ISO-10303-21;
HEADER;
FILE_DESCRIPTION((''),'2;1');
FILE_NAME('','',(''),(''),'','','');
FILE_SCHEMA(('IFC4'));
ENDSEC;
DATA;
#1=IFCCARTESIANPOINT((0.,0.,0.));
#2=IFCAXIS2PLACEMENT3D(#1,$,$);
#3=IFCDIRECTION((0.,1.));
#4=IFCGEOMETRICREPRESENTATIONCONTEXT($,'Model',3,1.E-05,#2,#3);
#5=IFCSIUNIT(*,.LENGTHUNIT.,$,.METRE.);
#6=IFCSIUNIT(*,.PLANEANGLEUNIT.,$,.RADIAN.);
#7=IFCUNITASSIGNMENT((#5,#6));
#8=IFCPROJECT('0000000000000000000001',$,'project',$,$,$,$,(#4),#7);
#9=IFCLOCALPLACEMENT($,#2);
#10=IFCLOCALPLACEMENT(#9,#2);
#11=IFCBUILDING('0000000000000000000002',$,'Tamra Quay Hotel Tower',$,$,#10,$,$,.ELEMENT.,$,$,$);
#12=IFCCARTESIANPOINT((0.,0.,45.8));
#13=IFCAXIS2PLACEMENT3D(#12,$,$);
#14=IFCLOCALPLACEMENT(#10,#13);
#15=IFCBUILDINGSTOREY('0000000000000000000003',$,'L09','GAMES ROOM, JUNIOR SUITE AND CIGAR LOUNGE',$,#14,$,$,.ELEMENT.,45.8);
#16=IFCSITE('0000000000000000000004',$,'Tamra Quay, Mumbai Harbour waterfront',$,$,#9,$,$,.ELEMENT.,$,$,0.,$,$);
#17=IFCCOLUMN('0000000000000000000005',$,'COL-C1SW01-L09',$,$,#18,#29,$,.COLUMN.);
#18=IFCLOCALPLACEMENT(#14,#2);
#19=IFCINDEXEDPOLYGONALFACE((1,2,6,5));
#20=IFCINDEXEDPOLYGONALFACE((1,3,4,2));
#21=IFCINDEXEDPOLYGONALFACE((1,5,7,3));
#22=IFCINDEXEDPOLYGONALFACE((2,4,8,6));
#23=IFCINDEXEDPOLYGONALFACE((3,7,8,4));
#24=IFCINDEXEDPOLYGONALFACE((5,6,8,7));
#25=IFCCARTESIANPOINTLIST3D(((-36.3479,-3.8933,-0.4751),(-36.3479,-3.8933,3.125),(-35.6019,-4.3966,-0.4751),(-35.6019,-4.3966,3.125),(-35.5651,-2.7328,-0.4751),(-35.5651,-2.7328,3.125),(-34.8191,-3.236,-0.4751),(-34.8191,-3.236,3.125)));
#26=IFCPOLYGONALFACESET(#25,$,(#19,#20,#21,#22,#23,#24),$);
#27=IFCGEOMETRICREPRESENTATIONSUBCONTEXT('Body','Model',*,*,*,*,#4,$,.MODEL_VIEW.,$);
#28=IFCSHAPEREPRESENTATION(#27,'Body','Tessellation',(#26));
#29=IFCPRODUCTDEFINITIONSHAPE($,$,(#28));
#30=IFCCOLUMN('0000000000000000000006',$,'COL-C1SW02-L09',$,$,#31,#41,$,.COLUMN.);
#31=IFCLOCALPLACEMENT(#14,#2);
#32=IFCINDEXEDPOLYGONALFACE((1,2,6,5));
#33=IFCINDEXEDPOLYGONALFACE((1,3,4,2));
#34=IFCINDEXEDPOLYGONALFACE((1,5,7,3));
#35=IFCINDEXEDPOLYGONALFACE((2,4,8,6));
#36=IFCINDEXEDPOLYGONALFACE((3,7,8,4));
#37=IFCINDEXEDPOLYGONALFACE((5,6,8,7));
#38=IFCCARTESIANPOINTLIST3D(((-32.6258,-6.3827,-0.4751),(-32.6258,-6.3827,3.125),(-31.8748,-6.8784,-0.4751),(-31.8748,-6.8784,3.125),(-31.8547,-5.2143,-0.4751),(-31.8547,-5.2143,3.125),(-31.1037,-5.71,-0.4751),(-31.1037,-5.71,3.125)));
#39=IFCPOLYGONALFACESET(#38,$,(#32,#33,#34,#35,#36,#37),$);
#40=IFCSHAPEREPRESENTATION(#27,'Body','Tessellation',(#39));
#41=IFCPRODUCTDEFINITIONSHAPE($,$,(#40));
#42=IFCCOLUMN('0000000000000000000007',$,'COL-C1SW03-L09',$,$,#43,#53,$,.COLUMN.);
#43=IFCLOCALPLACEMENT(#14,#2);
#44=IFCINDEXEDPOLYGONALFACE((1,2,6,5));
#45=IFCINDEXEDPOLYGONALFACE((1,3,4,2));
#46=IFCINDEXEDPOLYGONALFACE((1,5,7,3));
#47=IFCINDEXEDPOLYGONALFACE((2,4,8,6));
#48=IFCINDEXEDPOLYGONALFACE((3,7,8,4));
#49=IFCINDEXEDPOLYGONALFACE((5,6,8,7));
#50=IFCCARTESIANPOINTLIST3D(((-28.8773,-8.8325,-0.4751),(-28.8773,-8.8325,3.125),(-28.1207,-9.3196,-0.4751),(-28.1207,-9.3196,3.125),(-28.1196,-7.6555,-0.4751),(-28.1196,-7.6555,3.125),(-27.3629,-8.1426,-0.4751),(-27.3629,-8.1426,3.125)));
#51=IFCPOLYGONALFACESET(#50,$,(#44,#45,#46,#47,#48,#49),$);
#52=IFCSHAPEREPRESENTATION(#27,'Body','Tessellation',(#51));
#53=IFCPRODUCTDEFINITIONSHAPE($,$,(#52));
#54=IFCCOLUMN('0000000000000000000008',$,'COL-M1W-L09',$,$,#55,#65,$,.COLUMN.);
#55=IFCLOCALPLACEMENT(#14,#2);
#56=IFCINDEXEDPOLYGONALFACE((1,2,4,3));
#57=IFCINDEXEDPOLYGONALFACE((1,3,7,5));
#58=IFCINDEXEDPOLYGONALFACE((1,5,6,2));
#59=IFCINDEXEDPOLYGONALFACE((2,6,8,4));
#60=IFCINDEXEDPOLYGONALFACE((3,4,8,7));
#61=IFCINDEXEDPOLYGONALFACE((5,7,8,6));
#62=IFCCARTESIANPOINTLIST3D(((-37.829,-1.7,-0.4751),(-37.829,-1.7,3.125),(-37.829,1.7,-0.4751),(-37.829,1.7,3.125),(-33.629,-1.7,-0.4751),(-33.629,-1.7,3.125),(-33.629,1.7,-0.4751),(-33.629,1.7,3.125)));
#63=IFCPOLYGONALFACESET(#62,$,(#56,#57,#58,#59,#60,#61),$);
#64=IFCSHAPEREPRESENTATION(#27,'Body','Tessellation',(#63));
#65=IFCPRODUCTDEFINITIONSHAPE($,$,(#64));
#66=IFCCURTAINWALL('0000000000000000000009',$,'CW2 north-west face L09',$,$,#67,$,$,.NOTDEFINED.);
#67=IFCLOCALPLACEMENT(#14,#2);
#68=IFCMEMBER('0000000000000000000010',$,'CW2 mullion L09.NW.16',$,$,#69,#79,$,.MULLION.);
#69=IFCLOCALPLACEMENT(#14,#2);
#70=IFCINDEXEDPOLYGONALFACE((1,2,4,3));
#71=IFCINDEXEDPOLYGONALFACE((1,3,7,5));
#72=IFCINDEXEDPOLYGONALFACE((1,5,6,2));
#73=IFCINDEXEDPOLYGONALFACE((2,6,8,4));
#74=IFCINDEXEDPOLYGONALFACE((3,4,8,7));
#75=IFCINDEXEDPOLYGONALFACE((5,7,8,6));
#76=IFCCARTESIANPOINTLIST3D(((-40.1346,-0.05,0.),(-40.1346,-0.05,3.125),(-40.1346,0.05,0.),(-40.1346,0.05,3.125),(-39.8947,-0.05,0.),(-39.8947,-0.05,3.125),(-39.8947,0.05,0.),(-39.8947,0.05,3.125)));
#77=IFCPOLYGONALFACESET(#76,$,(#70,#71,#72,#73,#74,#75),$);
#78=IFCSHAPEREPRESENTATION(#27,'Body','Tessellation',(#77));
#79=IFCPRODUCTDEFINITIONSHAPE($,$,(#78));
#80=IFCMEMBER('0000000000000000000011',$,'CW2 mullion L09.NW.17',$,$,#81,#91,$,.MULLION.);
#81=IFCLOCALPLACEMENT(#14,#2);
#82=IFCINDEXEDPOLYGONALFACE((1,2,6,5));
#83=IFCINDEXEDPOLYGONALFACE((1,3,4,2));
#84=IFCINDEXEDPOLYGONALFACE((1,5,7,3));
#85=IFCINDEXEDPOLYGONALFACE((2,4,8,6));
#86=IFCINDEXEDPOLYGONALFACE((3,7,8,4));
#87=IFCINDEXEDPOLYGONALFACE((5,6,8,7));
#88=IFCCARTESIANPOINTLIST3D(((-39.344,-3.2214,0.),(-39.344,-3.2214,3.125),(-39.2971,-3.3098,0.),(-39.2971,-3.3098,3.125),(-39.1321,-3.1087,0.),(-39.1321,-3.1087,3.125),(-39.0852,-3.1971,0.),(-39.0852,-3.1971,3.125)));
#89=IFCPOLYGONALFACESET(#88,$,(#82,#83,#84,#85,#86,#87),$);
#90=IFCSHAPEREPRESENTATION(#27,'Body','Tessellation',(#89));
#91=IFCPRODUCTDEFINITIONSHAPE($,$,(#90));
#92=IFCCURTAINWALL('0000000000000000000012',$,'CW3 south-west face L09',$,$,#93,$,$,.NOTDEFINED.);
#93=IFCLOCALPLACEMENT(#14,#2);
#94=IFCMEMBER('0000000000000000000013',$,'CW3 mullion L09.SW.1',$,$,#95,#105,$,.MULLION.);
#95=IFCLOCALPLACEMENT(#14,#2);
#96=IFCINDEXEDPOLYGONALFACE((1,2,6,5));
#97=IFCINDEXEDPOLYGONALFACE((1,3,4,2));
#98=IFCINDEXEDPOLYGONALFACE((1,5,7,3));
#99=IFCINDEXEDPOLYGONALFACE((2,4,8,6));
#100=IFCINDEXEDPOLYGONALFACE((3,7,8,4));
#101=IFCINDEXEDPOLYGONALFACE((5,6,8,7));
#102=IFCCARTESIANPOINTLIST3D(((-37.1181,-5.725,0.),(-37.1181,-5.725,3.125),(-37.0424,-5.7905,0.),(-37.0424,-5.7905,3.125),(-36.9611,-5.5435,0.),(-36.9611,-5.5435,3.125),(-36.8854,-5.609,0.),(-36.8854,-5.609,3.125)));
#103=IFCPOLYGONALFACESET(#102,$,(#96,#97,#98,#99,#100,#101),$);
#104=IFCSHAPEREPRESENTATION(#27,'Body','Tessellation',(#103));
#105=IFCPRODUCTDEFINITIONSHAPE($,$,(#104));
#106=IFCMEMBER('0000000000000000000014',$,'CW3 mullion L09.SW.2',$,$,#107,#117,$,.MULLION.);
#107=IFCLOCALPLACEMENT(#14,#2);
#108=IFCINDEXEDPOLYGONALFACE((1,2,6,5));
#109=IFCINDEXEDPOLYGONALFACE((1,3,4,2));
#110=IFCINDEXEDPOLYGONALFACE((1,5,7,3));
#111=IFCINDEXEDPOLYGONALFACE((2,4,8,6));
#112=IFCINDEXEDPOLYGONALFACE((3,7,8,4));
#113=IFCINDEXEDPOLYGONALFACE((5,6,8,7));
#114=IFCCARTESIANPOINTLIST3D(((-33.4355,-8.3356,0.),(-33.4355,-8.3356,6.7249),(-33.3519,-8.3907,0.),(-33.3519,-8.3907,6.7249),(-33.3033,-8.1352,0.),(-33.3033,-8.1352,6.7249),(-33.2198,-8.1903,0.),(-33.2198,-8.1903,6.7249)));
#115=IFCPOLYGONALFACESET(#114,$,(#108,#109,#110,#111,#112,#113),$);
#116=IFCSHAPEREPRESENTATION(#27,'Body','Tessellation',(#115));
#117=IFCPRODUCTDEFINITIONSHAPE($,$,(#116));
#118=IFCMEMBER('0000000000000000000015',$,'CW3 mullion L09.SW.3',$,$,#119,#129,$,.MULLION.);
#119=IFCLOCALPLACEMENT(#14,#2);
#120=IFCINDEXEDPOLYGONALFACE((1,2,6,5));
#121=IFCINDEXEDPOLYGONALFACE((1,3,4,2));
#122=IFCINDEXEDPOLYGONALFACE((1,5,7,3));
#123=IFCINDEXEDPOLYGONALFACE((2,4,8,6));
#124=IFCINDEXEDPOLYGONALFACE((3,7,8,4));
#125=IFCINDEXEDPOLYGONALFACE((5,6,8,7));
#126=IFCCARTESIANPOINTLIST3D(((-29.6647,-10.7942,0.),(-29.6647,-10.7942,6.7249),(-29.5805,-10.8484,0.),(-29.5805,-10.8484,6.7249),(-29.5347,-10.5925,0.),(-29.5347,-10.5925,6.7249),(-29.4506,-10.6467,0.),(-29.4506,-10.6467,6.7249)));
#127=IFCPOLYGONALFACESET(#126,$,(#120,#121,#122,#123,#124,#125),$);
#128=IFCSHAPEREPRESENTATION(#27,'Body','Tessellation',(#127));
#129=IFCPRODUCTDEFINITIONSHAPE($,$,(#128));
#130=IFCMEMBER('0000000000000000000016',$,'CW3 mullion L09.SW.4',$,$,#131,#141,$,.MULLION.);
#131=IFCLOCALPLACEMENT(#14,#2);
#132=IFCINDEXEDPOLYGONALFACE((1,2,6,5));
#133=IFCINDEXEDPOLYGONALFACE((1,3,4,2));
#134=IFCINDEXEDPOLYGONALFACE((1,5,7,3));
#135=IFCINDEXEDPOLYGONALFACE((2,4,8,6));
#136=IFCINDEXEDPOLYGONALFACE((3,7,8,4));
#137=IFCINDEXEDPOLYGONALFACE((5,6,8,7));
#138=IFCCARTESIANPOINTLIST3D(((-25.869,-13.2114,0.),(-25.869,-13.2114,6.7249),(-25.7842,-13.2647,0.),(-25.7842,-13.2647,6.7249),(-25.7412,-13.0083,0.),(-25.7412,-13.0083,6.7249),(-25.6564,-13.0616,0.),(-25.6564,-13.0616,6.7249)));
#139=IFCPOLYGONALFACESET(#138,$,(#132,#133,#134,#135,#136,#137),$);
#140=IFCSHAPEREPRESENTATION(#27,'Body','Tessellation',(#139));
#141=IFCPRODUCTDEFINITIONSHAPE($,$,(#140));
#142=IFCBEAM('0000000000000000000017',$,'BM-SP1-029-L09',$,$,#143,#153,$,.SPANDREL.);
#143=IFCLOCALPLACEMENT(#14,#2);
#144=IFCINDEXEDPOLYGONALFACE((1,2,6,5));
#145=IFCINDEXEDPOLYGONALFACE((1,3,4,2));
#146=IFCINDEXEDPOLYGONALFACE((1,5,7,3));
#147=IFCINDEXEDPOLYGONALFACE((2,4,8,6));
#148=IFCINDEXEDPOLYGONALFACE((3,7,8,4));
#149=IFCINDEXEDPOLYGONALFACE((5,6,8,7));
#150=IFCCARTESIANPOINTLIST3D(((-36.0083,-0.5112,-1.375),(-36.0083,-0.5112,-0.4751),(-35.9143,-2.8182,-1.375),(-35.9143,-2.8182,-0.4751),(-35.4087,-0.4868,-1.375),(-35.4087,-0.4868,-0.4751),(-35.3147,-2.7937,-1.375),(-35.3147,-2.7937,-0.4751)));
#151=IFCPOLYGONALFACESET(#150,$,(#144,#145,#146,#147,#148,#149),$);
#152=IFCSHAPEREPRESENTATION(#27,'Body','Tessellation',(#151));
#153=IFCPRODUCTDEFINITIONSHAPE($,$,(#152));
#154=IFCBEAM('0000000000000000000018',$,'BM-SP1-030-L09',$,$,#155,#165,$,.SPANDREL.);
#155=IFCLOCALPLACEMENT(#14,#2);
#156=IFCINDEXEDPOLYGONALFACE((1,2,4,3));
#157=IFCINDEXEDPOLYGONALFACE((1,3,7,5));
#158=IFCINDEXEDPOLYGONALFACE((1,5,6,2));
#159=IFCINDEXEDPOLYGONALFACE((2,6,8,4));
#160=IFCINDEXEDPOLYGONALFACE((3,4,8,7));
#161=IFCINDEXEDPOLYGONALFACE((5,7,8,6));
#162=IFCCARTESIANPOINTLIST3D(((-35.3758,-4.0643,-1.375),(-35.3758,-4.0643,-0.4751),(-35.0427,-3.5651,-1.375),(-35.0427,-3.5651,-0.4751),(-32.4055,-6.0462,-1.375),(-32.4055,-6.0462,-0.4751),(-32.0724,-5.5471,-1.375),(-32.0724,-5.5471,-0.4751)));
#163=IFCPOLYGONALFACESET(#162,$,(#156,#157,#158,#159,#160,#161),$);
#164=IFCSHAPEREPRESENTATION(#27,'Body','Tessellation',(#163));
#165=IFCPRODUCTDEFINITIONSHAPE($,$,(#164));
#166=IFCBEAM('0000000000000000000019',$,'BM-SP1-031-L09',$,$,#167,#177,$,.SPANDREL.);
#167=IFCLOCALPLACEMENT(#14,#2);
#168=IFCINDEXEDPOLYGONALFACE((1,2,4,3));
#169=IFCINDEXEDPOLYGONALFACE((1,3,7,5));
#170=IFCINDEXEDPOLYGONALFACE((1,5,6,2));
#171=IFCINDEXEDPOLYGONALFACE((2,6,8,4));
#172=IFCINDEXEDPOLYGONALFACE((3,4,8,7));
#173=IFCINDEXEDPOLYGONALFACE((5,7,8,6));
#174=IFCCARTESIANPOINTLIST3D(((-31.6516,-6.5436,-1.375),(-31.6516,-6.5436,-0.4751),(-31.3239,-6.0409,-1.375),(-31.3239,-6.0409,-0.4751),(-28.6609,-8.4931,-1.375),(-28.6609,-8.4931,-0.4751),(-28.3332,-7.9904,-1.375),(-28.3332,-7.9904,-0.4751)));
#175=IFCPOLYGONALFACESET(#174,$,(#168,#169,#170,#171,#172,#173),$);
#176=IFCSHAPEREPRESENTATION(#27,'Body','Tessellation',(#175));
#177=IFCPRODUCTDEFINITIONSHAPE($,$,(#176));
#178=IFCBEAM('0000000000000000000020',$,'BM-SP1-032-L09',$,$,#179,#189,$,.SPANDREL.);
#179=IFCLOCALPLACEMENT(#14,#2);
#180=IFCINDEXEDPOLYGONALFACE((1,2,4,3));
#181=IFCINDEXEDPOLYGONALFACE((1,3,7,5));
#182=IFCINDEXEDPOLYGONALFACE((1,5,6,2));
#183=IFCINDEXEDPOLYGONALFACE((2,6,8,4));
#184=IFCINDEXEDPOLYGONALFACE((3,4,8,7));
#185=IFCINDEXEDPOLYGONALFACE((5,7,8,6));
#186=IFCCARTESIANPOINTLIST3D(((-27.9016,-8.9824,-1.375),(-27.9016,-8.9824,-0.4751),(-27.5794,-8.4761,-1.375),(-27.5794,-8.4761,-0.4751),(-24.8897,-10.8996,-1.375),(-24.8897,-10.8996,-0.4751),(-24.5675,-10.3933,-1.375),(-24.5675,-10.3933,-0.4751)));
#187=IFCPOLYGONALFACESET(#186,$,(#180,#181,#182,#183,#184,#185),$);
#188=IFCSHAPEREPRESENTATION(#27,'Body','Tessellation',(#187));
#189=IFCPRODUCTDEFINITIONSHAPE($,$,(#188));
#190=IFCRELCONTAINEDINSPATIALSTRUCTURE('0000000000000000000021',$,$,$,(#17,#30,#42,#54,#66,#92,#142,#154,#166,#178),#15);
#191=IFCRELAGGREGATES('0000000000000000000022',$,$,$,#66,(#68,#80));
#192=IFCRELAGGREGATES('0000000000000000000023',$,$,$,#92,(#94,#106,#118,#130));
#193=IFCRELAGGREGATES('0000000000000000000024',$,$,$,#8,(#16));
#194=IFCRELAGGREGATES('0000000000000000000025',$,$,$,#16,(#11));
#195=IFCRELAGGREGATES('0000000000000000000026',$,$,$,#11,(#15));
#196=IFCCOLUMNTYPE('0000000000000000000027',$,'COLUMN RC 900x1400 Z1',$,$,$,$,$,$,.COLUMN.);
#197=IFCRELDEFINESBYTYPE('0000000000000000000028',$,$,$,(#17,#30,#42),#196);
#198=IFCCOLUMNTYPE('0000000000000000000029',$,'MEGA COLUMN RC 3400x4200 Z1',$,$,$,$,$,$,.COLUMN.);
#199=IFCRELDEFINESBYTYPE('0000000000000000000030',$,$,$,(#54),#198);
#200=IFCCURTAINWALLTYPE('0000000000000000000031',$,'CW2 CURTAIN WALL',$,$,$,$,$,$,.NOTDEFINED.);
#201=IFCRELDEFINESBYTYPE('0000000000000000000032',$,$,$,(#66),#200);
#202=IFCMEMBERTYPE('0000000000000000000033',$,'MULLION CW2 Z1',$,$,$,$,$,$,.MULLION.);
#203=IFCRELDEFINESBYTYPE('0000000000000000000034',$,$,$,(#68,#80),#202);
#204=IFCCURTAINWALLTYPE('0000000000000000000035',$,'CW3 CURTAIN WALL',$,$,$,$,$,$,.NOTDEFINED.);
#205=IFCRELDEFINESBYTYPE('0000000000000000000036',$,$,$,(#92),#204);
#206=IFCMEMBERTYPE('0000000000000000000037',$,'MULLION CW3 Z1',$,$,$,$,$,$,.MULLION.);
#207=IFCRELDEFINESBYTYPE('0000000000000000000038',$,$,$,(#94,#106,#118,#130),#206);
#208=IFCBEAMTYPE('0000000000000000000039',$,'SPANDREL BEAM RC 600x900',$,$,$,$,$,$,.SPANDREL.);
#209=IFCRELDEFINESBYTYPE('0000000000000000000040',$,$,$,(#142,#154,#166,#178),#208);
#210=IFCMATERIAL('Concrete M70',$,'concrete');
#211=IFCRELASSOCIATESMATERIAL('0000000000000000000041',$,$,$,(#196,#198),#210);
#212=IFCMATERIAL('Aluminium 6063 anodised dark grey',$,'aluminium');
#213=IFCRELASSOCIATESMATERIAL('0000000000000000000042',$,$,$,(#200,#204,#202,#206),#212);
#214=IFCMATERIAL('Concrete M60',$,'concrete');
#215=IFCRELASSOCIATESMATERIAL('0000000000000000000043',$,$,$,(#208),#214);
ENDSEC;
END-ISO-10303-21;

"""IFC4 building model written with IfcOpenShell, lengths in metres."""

from ifc_helpers import new_model, si_unit, direction, frame, origin, origin_2d, place, context, subcontext, project, spatial, rectangle, extrude, material, material_profile, profile_set, type_object, element, aggregate, save


model = new_model("IFC4")

# Units and contexts
model_context = context("Model", 3, precision=1e-05, world=origin(), true_north=direction((0.0, 1.0)))
body_context = subcontext(model_context, "Body", "Model", "MODEL_VIEW")
ifc_project = project(units=[si_unit("LENGTHUNIT", "METRE"), si_unit("PLANEANGLEUNIT", "RADIAN")], contexts=[model_context])

# Site, building, storey
site_placement = place(None, origin())
site = spatial("IfcSite", under=ifc_project, at=site_placement, Name="Tamra Quay, Mumbai Harbour waterfront", CompositionType="ELEMENT", RefElevation=0.0)
building_placement = place(site_placement, origin())
building = spatial("IfcBuilding", under=site, at=building_placement, Name="Tamra Quay Hotel Tower", CompositionType="ELEMENT")
storey_placement = place(building_placement, frame((0.0, 0.0, 45.8)))
storey = spatial("IfcBuildingStorey", under=building, at=storey_placement, Name="L09", Description="GAMES ROOM, JUNIOR SUITE AND CIGAR LOUNGE", CompositionType="ELEMENT", Elevation=45.8)

# Columns
ifc_material_1 = material(Name="Concrete M70", Category="concrete")
ifc_material_profile_1 = material_profile(ifc_material_1, rectangle(XDim=1.3999, YDim=0.8999, at=origin_2d()), Name="COLUMN RC 900x1400 Z1")
ifc_profile_set_1 = profile_set([ifc_material_profile_1], Name="Concrete M70")
column_type_1 = type_object("IfcColumnType", Name="COLUMN RC 900x1400 Z1", PredefinedType="COLUMN", material=ifc_profile_set_1)
for number, where, z_axis, x_axis, name in (
    (1, (-35.5835, -3.5647, -0.4751), (0.0, 0.0, 1.0), (0.55922, 0.829019, 0.0), "COL-C1SW01-L09"),
    (2, (-31.8647, -6.0464, -0.4751), (0.0, 0.0, 1.0), (0.550838, 0.834612, 0.0), "COL-C1SW02-L09"),
    (3, (-28.1201, -8.4875, -0.4751), (0.0, 0.0, 1.0), (0.541283, 0.840841, 0.0), "COL-C1SW03-L09"),
):
    element("IfcColumn", number, at=place(storey_placement, frame(where, z_axis=z_axis, x_axis=x_axis)), inside=storey, type_object=column_type_1, Name=name, PredefinedType="COLUMN", context=body_context, shape_type="SweptSolid", body=[
        extrude(rectangle(XDim=1.3999, YDim=0.8999, at=origin_2d()), origin(), (0.0, 0.0, 1.0), 3.6001),
    ])
ifc_material_profile_2 = material_profile(ifc_material_1, rectangle(XDim=4.2, YDim=3.3999, at=origin_2d()), Name="MEGA COLUMN RC 3400x4200 Z1")
ifc_profile_set_2 = profile_set([ifc_material_profile_2], Name="Concrete M70")
column_type_2 = type_object("IfcColumnType", Name="MEGA COLUMN RC 3400x4200 Z1", PredefinedType="COLUMN", material=ifc_profile_set_2)
column_placement = place(storey_placement, frame((-35.729, 0.0, -0.4751), z_axis=(0.0, 0.0, 1.0), x_axis=(1.0, 0.0, 0.0)))
element("IfcColumn", 4, at=column_placement, inside=storey, type_object=column_type_2, Name="COL-M1W-L09", PredefinedType="COLUMN", context=body_context, shape_type="SweptSolid", body=[
    extrude(rectangle(XDim=4.2, YDim=3.3999, at=origin_2d()), origin(), (0.0, 0.0, 1.0), 3.6001),
])

# Curtain walls, members
ifc_material_2 = material(Name="Aluminium 6063 anodised dark grey", Category="aluminium")
curtain_wall_type_1 = type_object("IfcCurtainWallType", Name="CW2 CURTAIN WALL", PredefinedType="NOTDEFINED", material=ifc_material_2)
curtain_wall_1_placement = place(storey_placement, origin())
curtain_wall_1 = element("IfcCurtainWall", 5, at=curtain_wall_1_placement, inside=storey, type_object=curtain_wall_type_1, Name="CW2 north-west face L09", PredefinedType="NOTDEFINED")
ifc_material_profile_3 = material_profile(ifc_material_2, rectangle(XDim=0.24, YDim=0.1001, at=origin_2d()), Name="MULLION 100X240")
ifc_profile_set_3 = profile_set([ifc_material_profile_3], Name="Aluminium 6063 anodised dark grey")
member_type_1 = type_object("IfcMemberType", Name="MULLION CW2 Z1", PredefinedType="MULLION", material=ifc_profile_set_3)
member_1_placement = place(storey_placement, frame((-40.0146, 0.0, 0.0), z_axis=(0.0, 0.0, 1.0), x_axis=(-1.0, 0.0, 0.0)))
member_1 = element("IfcMember", 6, at=member_1_placement, type_object=member_type_1, Name="CW2 mullion L09.NW.16", PredefinedType="MULLION", context=body_context, shape_type="SweptSolid", body=[
    extrude(rectangle(XDim=0.24, YDim=0.1001, at=origin_2d()), origin(), (0.0, 0.0, 1.0), 3.125),
])
member_2_placement = place(storey_placement, frame((-39.2146, -3.2092, 0.0), z_axis=(0.0, 0.0, 1.0), x_axis=(-0.882955, -0.469457, 0.0)))
member_2 = element("IfcMember", 7, at=member_2_placement, type_object=member_type_1, Name="CW2 mullion L09.NW.17", PredefinedType="MULLION", context=body_context, shape_type="SweptSolid", body=[
    extrude(rectangle(XDim=0.24, YDim=0.1001, at=origin_2d()), origin(), (0.0, 0.0, 1.0), 3.125),
])
curtain_wall_type_2 = type_object("IfcCurtainWallType", Name="CW3 CURTAIN WALL", PredefinedType="NOTDEFINED", material=ifc_material_2)
curtain_wall_2_placement = place(storey_placement, origin())
curtain_wall_2 = element("IfcCurtainWall", 8, at=curtain_wall_2_placement, inside=storey, type_object=curtain_wall_type_2, Name="CW3 south-west face L09", PredefinedType="NOTDEFINED")
ifc_material_profile_4 = material_profile(ifc_material_2, rectangle(XDim=0.24, YDim=0.1001, at=origin_2d()), Name="MULLION 100X240")
ifc_profile_set_4 = profile_set([ifc_material_profile_4], Name="Aluminium 6063 anodised dark grey")
member_type_2 = type_object("IfcMemberType", Name="MULLION CW3 Z1", PredefinedType="MULLION", material=ifc_profile_set_4)
member_3_placement = place(storey_placement, frame((-37.0017, -5.667, 0.0), z_axis=(0.0, 0.0, 1.0), x_axis=(-0.654197, -0.756324, 0.0)))
member_3 = element("IfcMember", 9, at=member_3_placement, type_object=member_type_2, Name="CW3 mullion L09.SW.1", PredefinedType="MULLION", context=body_context, shape_type="SweptSolid", body=[
    extrude(rectangle(XDim=0.24, YDim=0.1001, at=origin_2d()), origin(), (0.0, 0.0, 1.0), 3.125),
])
member_4_placement = place(storey_placement, frame((-33.3276, -8.2629, 0.0), z_axis=(0.0, 0.0, 1.0), x_axis=(-0.550591, -0.834775, 0.0)))
member_4 = element("IfcMember", 10, at=member_4_placement, type_object=member_type_2, Name="CW3 mullion L09.SW.2", PredefinedType="MULLION", context=body_context, shape_type="SweptSolid", body=[
    extrude(rectangle(XDim=0.24, YDim=0.1001, at=origin_2d()), origin(), (0.0, 0.0, 1.0), 6.7249),
])
member_5_placement = place(storey_placement, frame((-29.5576, -10.7205, 0.0), z_axis=(0.0, 0.0, 1.0), x_axis=(-0.541561, -0.840662, 0.0)))
member_5 = element("IfcMember", 11, at=member_5_placement, type_object=member_type_2, Name="CW3 mullion L09.SW.3", PredefinedType="MULLION", context=body_context, shape_type="SweptSolid", body=[
    extrude(rectangle(XDim=0.24, YDim=0.1001, at=origin_2d()), origin(), (0.0, 0.0, 1.0), 6.7249),
])
member_6_placement = place(storey_placement, frame((-25.7627, -13.1365, 0.0), z_axis=(0.0, 0.0, 1.0), x_axis=(-0.532447, -0.846463, 0.0)))
member_6 = element("IfcMember", 12, at=member_6_placement, type_object=member_type_2, Name="CW3 mullion L09.SW.4", PredefinedType="MULLION", context=body_context, shape_type="SweptSolid", body=[
    extrude(rectangle(XDim=0.24, YDim=0.1001, at=origin_2d()), origin(), (0.0, 0.0, 1.0), 6.7249),
])

# Beams
ifc_material_3 = material(Name="Concrete M60", Category="concrete")
ifc_material_profile_5 = material_profile(ifc_material_3, rectangle(XDim=0.6001, YDim=0.8999, at=origin_2d()), Name="SPANDREL BEAM RC 600x900")
ifc_profile_set_5 = profile_set([ifc_material_profile_5], Name="Concrete M60")
beam_type = type_object("IfcBeamType", Name="SPANDREL BEAM RC 600x900", PredefinedType="SPANDREL", material=ifc_profile_set_5)
beam_1_placement = place(storey_placement, frame((-35.7085, -0.499, -0.925), z_axis=(0.040711, -0.999171, 0.0), x_axis=(0.999171, 0.040711, 0.0)))
element("IfcBeam", 13, at=beam_1_placement, inside=storey, type_object=beam_type, Name="BM-SP1-029-L09", PredefinedType="SPANDREL", context=body_context, shape_type="SweptSolid", body=[
    extrude(rectangle(XDim=0.6001, YDim=0.8999, at=origin_2d()), origin(), (0.0, 0.0, 1.0), 2.3088),
])
beam_2_placement = place(storey_placement, frame((-35.2092, -3.8147, -0.925), z_axis=(0.831819, -0.555047, 0.0), x_axis=(0.555047, 0.831819, 0.0)))
element("IfcBeam", 14, at=beam_2_placement, inside=storey, type_object=beam_type, Name="BM-SP1-030-L09", PredefinedType="SPANDREL", context=body_context, shape_type="SweptSolid", body=[
    extrude(rectangle(XDim=0.6001, YDim=0.8999, at=origin_2d()), origin(), (0.0, 0.0, 1.0), 3.5708),
])
beam_3_placement = place(storey_placement, frame((-31.4878, -6.2922, -0.925), z_axis=(0.83774, -0.54607, 0.0), x_axis=(0.54607, 0.83774, 0.0)))
element("IfcBeam", 15, at=beam_3_placement, inside=storey, type_object=beam_type, Name="BM-SP1-031-L09", PredefinedType="SPANDREL", context=body_context, shape_type="SweptSolid", body=[
    extrude(rectangle(XDim=0.6001, YDim=0.8999, at=origin_2d()), origin(), (0.0, 0.0, 1.0), 3.5701),
])
beam_4_placement = place(storey_placement, frame((-27.7405, -8.7292, -0.925), z_axis=(0.843594, -0.536982, 0.0), x_axis=(0.536982, 0.843594, 0.0)))
element("IfcBeam", 16, at=beam_4_placement, inside=storey, type_object=beam_type, Name="BM-SP1-032-L09", PredefinedType="SPANDREL", context=body_context, shape_type="SweptSolid", body=[
    extrude(rectangle(XDim=0.6001, YDim=0.8999, at=origin_2d()), origin(), (0.0, 0.0, 1.0), 3.5703),
])

aggregate(curtain_wall_1, [member_1, member_2])
aggregate(curtain_wall_2, [member_3, member_4, member_5, member_6])

save(model, "model.ifc")
